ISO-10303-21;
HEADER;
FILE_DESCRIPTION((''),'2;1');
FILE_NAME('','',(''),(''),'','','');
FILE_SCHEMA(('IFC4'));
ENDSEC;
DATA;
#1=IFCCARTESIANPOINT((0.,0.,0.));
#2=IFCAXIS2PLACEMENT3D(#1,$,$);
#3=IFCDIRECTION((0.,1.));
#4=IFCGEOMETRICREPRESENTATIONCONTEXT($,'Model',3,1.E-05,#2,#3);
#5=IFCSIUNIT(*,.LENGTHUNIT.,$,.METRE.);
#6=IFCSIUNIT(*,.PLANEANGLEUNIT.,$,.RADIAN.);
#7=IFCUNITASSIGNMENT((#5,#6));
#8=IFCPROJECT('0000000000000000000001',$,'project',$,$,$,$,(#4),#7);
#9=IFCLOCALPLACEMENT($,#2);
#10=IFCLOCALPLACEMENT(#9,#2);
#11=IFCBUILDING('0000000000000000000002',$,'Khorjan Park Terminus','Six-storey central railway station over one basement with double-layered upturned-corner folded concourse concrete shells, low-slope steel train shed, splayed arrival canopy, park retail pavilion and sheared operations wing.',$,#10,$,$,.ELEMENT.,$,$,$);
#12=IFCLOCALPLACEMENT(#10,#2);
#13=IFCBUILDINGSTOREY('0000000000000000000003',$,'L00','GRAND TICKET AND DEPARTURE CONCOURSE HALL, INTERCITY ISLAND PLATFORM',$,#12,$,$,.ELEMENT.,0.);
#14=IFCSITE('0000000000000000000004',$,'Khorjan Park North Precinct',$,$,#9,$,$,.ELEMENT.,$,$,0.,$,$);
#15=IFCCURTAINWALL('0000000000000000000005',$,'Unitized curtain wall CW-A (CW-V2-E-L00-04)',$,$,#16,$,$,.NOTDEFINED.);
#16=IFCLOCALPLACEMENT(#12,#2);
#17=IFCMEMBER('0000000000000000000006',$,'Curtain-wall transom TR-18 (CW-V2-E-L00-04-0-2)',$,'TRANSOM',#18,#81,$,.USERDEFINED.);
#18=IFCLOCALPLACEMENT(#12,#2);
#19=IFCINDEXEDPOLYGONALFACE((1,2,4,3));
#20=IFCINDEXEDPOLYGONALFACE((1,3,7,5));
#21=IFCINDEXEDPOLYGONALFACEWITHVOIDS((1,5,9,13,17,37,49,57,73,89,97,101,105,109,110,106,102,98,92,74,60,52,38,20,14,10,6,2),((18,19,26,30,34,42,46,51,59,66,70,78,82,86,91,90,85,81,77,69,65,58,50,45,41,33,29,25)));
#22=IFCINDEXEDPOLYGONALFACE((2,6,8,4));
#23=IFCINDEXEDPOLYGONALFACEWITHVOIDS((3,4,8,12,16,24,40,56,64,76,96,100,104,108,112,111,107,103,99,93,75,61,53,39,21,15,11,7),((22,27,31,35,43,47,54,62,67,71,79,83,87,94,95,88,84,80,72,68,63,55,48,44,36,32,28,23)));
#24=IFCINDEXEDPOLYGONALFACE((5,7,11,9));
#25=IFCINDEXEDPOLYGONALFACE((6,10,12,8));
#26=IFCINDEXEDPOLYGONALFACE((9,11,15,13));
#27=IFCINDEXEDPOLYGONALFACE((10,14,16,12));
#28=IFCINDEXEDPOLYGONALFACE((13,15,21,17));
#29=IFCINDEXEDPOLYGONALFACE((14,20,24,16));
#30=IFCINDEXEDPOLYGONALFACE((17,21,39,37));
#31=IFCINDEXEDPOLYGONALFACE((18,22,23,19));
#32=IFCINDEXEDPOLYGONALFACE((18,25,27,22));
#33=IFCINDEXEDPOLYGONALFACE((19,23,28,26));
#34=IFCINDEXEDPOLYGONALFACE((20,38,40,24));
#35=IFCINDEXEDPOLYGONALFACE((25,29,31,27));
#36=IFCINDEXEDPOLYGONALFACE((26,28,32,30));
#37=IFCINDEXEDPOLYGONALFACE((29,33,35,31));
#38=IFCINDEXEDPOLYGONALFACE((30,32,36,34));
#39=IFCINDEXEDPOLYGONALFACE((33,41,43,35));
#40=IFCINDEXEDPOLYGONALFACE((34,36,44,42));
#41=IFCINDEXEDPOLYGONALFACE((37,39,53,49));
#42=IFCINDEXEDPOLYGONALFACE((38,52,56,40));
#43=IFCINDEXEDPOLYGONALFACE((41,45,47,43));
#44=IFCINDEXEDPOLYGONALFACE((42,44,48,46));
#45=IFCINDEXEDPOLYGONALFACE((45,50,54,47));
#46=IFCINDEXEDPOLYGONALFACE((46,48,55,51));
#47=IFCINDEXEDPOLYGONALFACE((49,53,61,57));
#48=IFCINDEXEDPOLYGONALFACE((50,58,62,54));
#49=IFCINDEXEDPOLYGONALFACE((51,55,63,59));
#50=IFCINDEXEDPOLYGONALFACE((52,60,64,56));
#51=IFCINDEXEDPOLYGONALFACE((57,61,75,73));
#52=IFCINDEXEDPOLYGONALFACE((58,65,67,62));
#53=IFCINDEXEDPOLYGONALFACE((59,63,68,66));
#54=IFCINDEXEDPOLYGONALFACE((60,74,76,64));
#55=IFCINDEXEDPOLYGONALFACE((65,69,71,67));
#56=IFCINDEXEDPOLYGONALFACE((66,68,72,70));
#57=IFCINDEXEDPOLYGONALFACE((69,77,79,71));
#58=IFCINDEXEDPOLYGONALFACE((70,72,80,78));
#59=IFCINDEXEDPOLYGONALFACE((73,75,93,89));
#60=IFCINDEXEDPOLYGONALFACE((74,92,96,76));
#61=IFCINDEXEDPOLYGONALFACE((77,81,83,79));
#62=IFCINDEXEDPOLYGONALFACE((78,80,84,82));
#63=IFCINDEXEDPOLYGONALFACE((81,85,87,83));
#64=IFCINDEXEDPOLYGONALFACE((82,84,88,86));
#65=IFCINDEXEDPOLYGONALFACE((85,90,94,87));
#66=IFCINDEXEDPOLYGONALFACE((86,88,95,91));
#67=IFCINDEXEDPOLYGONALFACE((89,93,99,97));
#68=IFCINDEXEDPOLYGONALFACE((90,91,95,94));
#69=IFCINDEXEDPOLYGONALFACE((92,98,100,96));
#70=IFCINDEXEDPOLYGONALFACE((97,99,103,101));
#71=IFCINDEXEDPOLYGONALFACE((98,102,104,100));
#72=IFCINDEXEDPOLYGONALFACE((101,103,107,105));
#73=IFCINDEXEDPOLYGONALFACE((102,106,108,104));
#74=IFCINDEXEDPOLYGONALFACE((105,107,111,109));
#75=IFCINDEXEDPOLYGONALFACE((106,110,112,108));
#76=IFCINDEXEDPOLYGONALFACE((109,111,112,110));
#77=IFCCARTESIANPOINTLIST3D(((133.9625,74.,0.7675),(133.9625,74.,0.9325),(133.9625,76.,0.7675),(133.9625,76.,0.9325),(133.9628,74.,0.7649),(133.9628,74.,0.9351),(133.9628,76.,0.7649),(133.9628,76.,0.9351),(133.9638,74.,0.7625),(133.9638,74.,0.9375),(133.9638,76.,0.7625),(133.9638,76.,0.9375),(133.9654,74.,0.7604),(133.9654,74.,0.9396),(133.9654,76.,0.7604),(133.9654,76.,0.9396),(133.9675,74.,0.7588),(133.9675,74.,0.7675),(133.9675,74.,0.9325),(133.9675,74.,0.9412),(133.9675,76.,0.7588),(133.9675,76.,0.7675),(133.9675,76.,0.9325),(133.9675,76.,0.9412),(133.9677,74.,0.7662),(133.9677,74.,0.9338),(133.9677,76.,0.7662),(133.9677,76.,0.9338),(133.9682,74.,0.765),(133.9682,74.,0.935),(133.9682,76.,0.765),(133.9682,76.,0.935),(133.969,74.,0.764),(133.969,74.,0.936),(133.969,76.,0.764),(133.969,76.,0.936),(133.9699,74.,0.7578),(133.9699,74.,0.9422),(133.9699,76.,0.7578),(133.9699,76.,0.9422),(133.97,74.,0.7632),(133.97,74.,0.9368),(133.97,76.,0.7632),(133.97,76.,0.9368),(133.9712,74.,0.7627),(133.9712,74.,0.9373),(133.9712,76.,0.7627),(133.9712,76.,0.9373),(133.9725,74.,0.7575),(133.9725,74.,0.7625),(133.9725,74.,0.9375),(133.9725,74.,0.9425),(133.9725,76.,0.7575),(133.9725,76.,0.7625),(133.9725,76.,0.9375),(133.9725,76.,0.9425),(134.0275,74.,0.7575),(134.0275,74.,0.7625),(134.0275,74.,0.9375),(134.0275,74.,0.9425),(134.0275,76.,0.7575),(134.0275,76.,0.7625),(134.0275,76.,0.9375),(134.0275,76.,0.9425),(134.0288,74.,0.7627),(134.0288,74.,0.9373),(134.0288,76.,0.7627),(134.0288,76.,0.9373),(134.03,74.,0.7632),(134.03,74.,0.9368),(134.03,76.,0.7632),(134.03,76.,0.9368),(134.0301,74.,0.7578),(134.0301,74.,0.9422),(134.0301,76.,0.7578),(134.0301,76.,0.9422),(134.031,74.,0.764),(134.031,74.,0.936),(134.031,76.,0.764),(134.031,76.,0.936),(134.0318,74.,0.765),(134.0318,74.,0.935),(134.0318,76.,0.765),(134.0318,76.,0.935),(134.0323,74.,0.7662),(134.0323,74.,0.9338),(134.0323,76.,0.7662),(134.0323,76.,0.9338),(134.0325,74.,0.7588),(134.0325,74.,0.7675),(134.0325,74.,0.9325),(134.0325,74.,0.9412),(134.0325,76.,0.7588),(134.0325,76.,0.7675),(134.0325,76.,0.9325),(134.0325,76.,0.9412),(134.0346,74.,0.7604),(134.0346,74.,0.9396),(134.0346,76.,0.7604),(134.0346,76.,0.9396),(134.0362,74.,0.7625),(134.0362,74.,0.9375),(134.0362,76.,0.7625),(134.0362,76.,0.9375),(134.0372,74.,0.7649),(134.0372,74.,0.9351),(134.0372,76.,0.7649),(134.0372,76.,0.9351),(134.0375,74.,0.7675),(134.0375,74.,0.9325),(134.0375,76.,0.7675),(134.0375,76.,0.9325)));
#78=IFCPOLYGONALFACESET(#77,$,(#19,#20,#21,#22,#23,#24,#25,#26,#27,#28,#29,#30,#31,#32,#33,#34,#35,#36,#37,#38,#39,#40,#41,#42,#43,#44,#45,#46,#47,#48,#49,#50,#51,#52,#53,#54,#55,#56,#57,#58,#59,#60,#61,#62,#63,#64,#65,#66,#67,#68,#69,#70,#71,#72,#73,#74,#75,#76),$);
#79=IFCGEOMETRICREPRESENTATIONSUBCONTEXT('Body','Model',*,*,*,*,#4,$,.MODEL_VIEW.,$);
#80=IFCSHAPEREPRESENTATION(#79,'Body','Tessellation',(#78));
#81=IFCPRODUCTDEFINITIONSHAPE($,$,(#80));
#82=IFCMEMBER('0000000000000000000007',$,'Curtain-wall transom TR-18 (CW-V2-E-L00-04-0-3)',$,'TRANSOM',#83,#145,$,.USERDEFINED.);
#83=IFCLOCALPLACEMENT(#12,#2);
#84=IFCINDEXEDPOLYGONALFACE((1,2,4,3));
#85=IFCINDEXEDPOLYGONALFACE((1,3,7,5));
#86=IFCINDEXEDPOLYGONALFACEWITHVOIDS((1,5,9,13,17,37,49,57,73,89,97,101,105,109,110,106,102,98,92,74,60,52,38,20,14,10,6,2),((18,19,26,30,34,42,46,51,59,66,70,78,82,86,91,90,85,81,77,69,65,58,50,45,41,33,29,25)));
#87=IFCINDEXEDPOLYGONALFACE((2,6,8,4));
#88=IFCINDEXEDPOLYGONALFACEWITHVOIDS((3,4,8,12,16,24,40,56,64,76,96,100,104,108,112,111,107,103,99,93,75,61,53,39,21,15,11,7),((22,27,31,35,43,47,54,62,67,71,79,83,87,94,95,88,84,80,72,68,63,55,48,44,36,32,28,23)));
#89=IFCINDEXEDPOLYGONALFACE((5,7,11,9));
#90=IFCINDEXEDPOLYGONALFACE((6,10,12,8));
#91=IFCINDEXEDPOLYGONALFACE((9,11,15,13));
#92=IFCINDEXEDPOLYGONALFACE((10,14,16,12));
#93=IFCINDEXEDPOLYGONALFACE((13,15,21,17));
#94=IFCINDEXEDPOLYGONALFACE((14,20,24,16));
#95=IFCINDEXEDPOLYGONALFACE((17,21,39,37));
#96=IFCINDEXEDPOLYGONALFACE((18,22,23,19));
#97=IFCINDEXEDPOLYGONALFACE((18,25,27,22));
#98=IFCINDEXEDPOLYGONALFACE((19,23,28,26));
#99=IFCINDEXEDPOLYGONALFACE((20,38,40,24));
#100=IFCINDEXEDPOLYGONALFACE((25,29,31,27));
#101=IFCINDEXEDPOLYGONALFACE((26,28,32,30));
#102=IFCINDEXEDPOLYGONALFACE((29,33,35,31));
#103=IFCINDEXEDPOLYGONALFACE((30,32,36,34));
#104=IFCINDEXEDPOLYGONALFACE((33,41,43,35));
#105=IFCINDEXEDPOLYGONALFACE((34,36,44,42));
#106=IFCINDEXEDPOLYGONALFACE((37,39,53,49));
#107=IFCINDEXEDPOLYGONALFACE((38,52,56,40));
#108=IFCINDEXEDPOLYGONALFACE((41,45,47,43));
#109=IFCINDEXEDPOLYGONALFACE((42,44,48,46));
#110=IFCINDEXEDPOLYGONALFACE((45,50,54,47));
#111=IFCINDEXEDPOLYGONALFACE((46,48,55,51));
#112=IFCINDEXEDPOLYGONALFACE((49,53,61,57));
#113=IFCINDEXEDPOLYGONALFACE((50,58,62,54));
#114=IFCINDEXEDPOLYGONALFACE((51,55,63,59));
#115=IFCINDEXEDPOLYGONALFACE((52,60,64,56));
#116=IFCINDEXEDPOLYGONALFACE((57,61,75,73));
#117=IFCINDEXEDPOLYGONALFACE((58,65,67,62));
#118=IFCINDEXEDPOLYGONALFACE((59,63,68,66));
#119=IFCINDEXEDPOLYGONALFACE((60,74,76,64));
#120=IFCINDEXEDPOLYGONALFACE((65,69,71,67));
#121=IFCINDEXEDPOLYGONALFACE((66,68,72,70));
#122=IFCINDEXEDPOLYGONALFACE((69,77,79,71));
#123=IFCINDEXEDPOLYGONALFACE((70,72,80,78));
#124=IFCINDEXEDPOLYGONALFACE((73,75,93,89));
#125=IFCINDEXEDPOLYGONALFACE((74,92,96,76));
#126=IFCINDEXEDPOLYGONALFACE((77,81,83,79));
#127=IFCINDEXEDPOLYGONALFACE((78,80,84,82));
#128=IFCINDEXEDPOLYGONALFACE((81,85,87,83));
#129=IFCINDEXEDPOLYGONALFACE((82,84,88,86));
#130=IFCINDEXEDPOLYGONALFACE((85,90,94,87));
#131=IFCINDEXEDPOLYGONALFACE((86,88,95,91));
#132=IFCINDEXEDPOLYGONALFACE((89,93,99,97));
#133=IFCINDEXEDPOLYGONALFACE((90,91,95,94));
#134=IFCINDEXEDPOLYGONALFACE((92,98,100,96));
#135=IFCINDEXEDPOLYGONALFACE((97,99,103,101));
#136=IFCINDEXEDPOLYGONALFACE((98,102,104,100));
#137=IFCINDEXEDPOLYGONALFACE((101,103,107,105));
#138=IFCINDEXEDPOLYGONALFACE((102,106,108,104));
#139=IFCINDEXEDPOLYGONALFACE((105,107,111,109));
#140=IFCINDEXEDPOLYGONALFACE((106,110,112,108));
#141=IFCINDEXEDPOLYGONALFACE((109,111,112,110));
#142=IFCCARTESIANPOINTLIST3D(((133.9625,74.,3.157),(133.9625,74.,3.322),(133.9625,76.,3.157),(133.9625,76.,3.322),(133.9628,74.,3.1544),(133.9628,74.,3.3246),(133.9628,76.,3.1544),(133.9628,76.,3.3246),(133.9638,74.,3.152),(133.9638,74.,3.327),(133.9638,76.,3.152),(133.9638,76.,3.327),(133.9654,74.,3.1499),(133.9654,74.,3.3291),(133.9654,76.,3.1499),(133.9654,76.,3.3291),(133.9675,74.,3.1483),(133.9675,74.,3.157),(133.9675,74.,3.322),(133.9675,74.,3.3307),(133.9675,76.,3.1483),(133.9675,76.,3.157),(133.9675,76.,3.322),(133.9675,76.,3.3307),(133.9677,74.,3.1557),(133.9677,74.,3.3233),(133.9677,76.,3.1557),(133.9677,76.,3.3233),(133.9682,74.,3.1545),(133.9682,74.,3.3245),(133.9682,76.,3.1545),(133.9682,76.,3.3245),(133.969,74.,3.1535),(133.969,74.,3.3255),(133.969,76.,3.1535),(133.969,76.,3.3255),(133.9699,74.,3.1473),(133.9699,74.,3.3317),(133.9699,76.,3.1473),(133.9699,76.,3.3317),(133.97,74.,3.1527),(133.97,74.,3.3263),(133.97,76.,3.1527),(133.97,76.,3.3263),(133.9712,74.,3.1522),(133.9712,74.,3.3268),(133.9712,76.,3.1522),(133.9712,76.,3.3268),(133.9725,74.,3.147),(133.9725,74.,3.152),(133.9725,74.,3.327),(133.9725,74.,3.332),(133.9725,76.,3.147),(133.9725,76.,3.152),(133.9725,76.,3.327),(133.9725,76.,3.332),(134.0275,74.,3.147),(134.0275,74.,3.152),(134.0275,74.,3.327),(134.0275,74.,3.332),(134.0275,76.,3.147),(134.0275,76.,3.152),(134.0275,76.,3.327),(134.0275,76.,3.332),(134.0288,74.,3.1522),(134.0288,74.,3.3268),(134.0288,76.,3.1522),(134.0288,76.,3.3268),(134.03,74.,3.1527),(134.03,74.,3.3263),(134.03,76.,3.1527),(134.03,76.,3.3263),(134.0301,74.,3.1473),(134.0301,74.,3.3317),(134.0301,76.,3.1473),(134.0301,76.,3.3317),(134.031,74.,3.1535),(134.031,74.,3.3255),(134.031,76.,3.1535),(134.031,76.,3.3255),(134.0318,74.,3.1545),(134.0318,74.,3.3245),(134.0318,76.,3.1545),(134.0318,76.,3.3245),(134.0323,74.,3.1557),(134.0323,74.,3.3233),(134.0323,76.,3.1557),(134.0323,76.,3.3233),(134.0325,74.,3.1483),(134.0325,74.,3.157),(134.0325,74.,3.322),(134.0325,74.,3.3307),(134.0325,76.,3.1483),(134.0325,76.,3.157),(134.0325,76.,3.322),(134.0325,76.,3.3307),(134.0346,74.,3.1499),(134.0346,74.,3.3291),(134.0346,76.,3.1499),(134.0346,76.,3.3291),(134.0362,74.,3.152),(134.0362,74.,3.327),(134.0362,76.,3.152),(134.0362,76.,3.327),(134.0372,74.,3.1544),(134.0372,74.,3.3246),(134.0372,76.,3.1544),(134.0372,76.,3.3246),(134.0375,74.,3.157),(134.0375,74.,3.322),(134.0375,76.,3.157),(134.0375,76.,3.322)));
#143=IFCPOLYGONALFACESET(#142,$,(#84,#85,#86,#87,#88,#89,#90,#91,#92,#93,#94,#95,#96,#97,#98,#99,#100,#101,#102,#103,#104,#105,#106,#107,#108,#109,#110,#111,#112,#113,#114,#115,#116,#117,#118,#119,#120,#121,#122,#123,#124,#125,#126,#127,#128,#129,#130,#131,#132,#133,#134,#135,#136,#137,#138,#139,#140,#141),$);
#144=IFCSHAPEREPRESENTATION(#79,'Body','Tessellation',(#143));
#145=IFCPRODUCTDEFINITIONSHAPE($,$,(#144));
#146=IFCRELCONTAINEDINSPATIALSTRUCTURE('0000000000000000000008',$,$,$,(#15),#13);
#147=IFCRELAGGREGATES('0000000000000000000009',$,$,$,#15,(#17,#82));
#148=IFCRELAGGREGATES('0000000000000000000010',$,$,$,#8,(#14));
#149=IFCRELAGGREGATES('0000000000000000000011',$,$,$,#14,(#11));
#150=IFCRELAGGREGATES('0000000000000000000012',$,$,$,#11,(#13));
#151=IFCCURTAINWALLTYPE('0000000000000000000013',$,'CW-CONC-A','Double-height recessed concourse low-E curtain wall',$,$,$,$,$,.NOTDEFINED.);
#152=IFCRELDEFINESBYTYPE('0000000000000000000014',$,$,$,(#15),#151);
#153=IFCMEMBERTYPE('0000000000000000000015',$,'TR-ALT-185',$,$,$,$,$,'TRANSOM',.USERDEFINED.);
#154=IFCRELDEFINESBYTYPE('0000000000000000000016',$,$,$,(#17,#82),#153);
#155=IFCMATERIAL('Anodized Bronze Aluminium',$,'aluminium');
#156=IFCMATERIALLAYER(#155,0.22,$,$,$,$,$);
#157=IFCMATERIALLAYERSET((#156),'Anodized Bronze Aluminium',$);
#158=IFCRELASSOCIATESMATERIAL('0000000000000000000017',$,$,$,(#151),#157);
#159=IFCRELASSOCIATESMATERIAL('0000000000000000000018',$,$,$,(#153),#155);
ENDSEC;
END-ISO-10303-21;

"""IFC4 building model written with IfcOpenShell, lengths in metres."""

from ifc_helpers import new_model, si_unit, direction, frame, origin, origin_2d, place, context, subcontext, project, spatial, hollow_rectangle, extrude, material, layer, layer_set, material_profile, profile_set, type_object, element, aggregate, save


model = new_model("IFC4")

# Units and contexts
model_context = context("Model", 3, precision=1e-05, world=origin(), true_north=direction((0.0, 1.0)))
body_context = subcontext(model_context, "Body", "Model", "MODEL_VIEW")
ifc_project = project(units=[si_unit("LENGTHUNIT", "METRE"), si_unit("PLANEANGLEUNIT", "RADIAN")], contexts=[model_context])

# Site, building, storey
site_placement = place(None, origin())
site = spatial("IfcSite", under=ifc_project, at=site_placement, Name="Khorjan Park North Precinct", CompositionType="ELEMENT", RefElevation=0.0)
building_placement = place(site_placement, origin())
building = spatial("IfcBuilding", under=site, at=building_placement, Name="Khorjan Park Terminus", Description="Six-storey central railway station over one basement with double-layered upturned-corner folded concourse concrete shells, low-slope steel train shed, splayed arrival canopy, park retail pavilion and sheared operations wing.", CompositionType="ELEMENT")
storey_placement = place(building_placement, origin())
storey = spatial("IfcBuildingStorey", under=building, at=storey_placement, Name="L00", Description="GRAND TICKET AND DEPARTURE CONCOURSE HALL, INTERCITY ISLAND PLATFORM", CompositionType="ELEMENT", Elevation=0.0)

# Curtain wall, members
ifc_material_1 = material(Name="Anodized Bronze Aluminium", Category="aluminium")
ifc_layer_1 = layer(ifc_material_1, 0.22)
ifc_layer_set_1 = layer_set([ifc_layer_1], Name="Anodized Bronze Aluminium")
curtain_wall_type = type_object("IfcCurtainWallType", Name="CW-CONC-A", Description="Double-height recessed concourse low-E curtain wall", PredefinedType="NOTDEFINED", material=ifc_layer_set_1)
ifc_material_profile_1 = material_profile(ifc_material_1, hollow_rectangle(XDim=0.075, YDim=0.185, WallThickness=0.005, InnerFilletRadius=0.005, OuterFilletRadius=0.01, at=origin_2d()), Name="ALT 75x185x5")
ifc_profile_set_1 = profile_set([ifc_material_profile_1], Name="Anodized Bronze Aluminium")
member_type_1 = type_object("IfcMemberType", Name="TR-ALT-185", ElementType="TRANSOM", PredefinedType="USERDEFINED", material=ifc_profile_set_1)
curtain_wall_1_placement = place(storey_placement, origin())
curtain_wall_1 = element("IfcCurtainWall", 1, at=curtain_wall_1_placement, inside=storey, type_object=curtain_wall_type, Name="Unitized curtain wall CW-A (CW-V2-E-L00-04)", PredefinedType="NOTDEFINED")
member_1_placement = place(storey_placement, frame((134.0, 74.0, 0.85), z_axis=(0.0, 1.0, 0.0), x_axis=(-1.0, 0.0, 0.0)))
member_1 = element("IfcMember", 2, at=member_1_placement, type_object=member_type_1, Name="Curtain-wall transom TR-18 (CW-V2-E-L00-04-0-2)", ObjectType="TRANSOM", PredefinedType="USERDEFINED", context=body_context, shape_type="SweptSolid", body=[
    extrude(hollow_rectangle(XDim=0.075, YDim=0.185, WallThickness=0.005, InnerFilletRadius=0.005, OuterFilletRadius=0.01, at=origin_2d()), origin(), (0.0, 0.0, 1.0), 2.0),
])
member_2_placement = place(storey_placement, frame((134.0, 74.0, 3.2395), z_axis=(0.0, 1.0, 0.0), x_axis=(-1.0, 0.0, 0.0)))
member_2 = element("IfcMember", 3, at=member_2_placement, type_object=member_type_1, Name="Curtain-wall transom TR-18 (CW-V2-E-L00-04-0-3)", ObjectType="TRANSOM", PredefinedType="USERDEFINED", context=body_context, shape_type="SweptSolid", body=[
    extrude(hollow_rectangle(XDim=0.075, YDim=0.185, WallThickness=0.005, InnerFilletRadius=0.005, OuterFilletRadius=0.01, at=origin_2d()), origin(), (0.0, 0.0, 1.0), 2.0),
])
aggregate(curtain_wall_1, [member_1, member_2])

save(model, "model.ifc")
